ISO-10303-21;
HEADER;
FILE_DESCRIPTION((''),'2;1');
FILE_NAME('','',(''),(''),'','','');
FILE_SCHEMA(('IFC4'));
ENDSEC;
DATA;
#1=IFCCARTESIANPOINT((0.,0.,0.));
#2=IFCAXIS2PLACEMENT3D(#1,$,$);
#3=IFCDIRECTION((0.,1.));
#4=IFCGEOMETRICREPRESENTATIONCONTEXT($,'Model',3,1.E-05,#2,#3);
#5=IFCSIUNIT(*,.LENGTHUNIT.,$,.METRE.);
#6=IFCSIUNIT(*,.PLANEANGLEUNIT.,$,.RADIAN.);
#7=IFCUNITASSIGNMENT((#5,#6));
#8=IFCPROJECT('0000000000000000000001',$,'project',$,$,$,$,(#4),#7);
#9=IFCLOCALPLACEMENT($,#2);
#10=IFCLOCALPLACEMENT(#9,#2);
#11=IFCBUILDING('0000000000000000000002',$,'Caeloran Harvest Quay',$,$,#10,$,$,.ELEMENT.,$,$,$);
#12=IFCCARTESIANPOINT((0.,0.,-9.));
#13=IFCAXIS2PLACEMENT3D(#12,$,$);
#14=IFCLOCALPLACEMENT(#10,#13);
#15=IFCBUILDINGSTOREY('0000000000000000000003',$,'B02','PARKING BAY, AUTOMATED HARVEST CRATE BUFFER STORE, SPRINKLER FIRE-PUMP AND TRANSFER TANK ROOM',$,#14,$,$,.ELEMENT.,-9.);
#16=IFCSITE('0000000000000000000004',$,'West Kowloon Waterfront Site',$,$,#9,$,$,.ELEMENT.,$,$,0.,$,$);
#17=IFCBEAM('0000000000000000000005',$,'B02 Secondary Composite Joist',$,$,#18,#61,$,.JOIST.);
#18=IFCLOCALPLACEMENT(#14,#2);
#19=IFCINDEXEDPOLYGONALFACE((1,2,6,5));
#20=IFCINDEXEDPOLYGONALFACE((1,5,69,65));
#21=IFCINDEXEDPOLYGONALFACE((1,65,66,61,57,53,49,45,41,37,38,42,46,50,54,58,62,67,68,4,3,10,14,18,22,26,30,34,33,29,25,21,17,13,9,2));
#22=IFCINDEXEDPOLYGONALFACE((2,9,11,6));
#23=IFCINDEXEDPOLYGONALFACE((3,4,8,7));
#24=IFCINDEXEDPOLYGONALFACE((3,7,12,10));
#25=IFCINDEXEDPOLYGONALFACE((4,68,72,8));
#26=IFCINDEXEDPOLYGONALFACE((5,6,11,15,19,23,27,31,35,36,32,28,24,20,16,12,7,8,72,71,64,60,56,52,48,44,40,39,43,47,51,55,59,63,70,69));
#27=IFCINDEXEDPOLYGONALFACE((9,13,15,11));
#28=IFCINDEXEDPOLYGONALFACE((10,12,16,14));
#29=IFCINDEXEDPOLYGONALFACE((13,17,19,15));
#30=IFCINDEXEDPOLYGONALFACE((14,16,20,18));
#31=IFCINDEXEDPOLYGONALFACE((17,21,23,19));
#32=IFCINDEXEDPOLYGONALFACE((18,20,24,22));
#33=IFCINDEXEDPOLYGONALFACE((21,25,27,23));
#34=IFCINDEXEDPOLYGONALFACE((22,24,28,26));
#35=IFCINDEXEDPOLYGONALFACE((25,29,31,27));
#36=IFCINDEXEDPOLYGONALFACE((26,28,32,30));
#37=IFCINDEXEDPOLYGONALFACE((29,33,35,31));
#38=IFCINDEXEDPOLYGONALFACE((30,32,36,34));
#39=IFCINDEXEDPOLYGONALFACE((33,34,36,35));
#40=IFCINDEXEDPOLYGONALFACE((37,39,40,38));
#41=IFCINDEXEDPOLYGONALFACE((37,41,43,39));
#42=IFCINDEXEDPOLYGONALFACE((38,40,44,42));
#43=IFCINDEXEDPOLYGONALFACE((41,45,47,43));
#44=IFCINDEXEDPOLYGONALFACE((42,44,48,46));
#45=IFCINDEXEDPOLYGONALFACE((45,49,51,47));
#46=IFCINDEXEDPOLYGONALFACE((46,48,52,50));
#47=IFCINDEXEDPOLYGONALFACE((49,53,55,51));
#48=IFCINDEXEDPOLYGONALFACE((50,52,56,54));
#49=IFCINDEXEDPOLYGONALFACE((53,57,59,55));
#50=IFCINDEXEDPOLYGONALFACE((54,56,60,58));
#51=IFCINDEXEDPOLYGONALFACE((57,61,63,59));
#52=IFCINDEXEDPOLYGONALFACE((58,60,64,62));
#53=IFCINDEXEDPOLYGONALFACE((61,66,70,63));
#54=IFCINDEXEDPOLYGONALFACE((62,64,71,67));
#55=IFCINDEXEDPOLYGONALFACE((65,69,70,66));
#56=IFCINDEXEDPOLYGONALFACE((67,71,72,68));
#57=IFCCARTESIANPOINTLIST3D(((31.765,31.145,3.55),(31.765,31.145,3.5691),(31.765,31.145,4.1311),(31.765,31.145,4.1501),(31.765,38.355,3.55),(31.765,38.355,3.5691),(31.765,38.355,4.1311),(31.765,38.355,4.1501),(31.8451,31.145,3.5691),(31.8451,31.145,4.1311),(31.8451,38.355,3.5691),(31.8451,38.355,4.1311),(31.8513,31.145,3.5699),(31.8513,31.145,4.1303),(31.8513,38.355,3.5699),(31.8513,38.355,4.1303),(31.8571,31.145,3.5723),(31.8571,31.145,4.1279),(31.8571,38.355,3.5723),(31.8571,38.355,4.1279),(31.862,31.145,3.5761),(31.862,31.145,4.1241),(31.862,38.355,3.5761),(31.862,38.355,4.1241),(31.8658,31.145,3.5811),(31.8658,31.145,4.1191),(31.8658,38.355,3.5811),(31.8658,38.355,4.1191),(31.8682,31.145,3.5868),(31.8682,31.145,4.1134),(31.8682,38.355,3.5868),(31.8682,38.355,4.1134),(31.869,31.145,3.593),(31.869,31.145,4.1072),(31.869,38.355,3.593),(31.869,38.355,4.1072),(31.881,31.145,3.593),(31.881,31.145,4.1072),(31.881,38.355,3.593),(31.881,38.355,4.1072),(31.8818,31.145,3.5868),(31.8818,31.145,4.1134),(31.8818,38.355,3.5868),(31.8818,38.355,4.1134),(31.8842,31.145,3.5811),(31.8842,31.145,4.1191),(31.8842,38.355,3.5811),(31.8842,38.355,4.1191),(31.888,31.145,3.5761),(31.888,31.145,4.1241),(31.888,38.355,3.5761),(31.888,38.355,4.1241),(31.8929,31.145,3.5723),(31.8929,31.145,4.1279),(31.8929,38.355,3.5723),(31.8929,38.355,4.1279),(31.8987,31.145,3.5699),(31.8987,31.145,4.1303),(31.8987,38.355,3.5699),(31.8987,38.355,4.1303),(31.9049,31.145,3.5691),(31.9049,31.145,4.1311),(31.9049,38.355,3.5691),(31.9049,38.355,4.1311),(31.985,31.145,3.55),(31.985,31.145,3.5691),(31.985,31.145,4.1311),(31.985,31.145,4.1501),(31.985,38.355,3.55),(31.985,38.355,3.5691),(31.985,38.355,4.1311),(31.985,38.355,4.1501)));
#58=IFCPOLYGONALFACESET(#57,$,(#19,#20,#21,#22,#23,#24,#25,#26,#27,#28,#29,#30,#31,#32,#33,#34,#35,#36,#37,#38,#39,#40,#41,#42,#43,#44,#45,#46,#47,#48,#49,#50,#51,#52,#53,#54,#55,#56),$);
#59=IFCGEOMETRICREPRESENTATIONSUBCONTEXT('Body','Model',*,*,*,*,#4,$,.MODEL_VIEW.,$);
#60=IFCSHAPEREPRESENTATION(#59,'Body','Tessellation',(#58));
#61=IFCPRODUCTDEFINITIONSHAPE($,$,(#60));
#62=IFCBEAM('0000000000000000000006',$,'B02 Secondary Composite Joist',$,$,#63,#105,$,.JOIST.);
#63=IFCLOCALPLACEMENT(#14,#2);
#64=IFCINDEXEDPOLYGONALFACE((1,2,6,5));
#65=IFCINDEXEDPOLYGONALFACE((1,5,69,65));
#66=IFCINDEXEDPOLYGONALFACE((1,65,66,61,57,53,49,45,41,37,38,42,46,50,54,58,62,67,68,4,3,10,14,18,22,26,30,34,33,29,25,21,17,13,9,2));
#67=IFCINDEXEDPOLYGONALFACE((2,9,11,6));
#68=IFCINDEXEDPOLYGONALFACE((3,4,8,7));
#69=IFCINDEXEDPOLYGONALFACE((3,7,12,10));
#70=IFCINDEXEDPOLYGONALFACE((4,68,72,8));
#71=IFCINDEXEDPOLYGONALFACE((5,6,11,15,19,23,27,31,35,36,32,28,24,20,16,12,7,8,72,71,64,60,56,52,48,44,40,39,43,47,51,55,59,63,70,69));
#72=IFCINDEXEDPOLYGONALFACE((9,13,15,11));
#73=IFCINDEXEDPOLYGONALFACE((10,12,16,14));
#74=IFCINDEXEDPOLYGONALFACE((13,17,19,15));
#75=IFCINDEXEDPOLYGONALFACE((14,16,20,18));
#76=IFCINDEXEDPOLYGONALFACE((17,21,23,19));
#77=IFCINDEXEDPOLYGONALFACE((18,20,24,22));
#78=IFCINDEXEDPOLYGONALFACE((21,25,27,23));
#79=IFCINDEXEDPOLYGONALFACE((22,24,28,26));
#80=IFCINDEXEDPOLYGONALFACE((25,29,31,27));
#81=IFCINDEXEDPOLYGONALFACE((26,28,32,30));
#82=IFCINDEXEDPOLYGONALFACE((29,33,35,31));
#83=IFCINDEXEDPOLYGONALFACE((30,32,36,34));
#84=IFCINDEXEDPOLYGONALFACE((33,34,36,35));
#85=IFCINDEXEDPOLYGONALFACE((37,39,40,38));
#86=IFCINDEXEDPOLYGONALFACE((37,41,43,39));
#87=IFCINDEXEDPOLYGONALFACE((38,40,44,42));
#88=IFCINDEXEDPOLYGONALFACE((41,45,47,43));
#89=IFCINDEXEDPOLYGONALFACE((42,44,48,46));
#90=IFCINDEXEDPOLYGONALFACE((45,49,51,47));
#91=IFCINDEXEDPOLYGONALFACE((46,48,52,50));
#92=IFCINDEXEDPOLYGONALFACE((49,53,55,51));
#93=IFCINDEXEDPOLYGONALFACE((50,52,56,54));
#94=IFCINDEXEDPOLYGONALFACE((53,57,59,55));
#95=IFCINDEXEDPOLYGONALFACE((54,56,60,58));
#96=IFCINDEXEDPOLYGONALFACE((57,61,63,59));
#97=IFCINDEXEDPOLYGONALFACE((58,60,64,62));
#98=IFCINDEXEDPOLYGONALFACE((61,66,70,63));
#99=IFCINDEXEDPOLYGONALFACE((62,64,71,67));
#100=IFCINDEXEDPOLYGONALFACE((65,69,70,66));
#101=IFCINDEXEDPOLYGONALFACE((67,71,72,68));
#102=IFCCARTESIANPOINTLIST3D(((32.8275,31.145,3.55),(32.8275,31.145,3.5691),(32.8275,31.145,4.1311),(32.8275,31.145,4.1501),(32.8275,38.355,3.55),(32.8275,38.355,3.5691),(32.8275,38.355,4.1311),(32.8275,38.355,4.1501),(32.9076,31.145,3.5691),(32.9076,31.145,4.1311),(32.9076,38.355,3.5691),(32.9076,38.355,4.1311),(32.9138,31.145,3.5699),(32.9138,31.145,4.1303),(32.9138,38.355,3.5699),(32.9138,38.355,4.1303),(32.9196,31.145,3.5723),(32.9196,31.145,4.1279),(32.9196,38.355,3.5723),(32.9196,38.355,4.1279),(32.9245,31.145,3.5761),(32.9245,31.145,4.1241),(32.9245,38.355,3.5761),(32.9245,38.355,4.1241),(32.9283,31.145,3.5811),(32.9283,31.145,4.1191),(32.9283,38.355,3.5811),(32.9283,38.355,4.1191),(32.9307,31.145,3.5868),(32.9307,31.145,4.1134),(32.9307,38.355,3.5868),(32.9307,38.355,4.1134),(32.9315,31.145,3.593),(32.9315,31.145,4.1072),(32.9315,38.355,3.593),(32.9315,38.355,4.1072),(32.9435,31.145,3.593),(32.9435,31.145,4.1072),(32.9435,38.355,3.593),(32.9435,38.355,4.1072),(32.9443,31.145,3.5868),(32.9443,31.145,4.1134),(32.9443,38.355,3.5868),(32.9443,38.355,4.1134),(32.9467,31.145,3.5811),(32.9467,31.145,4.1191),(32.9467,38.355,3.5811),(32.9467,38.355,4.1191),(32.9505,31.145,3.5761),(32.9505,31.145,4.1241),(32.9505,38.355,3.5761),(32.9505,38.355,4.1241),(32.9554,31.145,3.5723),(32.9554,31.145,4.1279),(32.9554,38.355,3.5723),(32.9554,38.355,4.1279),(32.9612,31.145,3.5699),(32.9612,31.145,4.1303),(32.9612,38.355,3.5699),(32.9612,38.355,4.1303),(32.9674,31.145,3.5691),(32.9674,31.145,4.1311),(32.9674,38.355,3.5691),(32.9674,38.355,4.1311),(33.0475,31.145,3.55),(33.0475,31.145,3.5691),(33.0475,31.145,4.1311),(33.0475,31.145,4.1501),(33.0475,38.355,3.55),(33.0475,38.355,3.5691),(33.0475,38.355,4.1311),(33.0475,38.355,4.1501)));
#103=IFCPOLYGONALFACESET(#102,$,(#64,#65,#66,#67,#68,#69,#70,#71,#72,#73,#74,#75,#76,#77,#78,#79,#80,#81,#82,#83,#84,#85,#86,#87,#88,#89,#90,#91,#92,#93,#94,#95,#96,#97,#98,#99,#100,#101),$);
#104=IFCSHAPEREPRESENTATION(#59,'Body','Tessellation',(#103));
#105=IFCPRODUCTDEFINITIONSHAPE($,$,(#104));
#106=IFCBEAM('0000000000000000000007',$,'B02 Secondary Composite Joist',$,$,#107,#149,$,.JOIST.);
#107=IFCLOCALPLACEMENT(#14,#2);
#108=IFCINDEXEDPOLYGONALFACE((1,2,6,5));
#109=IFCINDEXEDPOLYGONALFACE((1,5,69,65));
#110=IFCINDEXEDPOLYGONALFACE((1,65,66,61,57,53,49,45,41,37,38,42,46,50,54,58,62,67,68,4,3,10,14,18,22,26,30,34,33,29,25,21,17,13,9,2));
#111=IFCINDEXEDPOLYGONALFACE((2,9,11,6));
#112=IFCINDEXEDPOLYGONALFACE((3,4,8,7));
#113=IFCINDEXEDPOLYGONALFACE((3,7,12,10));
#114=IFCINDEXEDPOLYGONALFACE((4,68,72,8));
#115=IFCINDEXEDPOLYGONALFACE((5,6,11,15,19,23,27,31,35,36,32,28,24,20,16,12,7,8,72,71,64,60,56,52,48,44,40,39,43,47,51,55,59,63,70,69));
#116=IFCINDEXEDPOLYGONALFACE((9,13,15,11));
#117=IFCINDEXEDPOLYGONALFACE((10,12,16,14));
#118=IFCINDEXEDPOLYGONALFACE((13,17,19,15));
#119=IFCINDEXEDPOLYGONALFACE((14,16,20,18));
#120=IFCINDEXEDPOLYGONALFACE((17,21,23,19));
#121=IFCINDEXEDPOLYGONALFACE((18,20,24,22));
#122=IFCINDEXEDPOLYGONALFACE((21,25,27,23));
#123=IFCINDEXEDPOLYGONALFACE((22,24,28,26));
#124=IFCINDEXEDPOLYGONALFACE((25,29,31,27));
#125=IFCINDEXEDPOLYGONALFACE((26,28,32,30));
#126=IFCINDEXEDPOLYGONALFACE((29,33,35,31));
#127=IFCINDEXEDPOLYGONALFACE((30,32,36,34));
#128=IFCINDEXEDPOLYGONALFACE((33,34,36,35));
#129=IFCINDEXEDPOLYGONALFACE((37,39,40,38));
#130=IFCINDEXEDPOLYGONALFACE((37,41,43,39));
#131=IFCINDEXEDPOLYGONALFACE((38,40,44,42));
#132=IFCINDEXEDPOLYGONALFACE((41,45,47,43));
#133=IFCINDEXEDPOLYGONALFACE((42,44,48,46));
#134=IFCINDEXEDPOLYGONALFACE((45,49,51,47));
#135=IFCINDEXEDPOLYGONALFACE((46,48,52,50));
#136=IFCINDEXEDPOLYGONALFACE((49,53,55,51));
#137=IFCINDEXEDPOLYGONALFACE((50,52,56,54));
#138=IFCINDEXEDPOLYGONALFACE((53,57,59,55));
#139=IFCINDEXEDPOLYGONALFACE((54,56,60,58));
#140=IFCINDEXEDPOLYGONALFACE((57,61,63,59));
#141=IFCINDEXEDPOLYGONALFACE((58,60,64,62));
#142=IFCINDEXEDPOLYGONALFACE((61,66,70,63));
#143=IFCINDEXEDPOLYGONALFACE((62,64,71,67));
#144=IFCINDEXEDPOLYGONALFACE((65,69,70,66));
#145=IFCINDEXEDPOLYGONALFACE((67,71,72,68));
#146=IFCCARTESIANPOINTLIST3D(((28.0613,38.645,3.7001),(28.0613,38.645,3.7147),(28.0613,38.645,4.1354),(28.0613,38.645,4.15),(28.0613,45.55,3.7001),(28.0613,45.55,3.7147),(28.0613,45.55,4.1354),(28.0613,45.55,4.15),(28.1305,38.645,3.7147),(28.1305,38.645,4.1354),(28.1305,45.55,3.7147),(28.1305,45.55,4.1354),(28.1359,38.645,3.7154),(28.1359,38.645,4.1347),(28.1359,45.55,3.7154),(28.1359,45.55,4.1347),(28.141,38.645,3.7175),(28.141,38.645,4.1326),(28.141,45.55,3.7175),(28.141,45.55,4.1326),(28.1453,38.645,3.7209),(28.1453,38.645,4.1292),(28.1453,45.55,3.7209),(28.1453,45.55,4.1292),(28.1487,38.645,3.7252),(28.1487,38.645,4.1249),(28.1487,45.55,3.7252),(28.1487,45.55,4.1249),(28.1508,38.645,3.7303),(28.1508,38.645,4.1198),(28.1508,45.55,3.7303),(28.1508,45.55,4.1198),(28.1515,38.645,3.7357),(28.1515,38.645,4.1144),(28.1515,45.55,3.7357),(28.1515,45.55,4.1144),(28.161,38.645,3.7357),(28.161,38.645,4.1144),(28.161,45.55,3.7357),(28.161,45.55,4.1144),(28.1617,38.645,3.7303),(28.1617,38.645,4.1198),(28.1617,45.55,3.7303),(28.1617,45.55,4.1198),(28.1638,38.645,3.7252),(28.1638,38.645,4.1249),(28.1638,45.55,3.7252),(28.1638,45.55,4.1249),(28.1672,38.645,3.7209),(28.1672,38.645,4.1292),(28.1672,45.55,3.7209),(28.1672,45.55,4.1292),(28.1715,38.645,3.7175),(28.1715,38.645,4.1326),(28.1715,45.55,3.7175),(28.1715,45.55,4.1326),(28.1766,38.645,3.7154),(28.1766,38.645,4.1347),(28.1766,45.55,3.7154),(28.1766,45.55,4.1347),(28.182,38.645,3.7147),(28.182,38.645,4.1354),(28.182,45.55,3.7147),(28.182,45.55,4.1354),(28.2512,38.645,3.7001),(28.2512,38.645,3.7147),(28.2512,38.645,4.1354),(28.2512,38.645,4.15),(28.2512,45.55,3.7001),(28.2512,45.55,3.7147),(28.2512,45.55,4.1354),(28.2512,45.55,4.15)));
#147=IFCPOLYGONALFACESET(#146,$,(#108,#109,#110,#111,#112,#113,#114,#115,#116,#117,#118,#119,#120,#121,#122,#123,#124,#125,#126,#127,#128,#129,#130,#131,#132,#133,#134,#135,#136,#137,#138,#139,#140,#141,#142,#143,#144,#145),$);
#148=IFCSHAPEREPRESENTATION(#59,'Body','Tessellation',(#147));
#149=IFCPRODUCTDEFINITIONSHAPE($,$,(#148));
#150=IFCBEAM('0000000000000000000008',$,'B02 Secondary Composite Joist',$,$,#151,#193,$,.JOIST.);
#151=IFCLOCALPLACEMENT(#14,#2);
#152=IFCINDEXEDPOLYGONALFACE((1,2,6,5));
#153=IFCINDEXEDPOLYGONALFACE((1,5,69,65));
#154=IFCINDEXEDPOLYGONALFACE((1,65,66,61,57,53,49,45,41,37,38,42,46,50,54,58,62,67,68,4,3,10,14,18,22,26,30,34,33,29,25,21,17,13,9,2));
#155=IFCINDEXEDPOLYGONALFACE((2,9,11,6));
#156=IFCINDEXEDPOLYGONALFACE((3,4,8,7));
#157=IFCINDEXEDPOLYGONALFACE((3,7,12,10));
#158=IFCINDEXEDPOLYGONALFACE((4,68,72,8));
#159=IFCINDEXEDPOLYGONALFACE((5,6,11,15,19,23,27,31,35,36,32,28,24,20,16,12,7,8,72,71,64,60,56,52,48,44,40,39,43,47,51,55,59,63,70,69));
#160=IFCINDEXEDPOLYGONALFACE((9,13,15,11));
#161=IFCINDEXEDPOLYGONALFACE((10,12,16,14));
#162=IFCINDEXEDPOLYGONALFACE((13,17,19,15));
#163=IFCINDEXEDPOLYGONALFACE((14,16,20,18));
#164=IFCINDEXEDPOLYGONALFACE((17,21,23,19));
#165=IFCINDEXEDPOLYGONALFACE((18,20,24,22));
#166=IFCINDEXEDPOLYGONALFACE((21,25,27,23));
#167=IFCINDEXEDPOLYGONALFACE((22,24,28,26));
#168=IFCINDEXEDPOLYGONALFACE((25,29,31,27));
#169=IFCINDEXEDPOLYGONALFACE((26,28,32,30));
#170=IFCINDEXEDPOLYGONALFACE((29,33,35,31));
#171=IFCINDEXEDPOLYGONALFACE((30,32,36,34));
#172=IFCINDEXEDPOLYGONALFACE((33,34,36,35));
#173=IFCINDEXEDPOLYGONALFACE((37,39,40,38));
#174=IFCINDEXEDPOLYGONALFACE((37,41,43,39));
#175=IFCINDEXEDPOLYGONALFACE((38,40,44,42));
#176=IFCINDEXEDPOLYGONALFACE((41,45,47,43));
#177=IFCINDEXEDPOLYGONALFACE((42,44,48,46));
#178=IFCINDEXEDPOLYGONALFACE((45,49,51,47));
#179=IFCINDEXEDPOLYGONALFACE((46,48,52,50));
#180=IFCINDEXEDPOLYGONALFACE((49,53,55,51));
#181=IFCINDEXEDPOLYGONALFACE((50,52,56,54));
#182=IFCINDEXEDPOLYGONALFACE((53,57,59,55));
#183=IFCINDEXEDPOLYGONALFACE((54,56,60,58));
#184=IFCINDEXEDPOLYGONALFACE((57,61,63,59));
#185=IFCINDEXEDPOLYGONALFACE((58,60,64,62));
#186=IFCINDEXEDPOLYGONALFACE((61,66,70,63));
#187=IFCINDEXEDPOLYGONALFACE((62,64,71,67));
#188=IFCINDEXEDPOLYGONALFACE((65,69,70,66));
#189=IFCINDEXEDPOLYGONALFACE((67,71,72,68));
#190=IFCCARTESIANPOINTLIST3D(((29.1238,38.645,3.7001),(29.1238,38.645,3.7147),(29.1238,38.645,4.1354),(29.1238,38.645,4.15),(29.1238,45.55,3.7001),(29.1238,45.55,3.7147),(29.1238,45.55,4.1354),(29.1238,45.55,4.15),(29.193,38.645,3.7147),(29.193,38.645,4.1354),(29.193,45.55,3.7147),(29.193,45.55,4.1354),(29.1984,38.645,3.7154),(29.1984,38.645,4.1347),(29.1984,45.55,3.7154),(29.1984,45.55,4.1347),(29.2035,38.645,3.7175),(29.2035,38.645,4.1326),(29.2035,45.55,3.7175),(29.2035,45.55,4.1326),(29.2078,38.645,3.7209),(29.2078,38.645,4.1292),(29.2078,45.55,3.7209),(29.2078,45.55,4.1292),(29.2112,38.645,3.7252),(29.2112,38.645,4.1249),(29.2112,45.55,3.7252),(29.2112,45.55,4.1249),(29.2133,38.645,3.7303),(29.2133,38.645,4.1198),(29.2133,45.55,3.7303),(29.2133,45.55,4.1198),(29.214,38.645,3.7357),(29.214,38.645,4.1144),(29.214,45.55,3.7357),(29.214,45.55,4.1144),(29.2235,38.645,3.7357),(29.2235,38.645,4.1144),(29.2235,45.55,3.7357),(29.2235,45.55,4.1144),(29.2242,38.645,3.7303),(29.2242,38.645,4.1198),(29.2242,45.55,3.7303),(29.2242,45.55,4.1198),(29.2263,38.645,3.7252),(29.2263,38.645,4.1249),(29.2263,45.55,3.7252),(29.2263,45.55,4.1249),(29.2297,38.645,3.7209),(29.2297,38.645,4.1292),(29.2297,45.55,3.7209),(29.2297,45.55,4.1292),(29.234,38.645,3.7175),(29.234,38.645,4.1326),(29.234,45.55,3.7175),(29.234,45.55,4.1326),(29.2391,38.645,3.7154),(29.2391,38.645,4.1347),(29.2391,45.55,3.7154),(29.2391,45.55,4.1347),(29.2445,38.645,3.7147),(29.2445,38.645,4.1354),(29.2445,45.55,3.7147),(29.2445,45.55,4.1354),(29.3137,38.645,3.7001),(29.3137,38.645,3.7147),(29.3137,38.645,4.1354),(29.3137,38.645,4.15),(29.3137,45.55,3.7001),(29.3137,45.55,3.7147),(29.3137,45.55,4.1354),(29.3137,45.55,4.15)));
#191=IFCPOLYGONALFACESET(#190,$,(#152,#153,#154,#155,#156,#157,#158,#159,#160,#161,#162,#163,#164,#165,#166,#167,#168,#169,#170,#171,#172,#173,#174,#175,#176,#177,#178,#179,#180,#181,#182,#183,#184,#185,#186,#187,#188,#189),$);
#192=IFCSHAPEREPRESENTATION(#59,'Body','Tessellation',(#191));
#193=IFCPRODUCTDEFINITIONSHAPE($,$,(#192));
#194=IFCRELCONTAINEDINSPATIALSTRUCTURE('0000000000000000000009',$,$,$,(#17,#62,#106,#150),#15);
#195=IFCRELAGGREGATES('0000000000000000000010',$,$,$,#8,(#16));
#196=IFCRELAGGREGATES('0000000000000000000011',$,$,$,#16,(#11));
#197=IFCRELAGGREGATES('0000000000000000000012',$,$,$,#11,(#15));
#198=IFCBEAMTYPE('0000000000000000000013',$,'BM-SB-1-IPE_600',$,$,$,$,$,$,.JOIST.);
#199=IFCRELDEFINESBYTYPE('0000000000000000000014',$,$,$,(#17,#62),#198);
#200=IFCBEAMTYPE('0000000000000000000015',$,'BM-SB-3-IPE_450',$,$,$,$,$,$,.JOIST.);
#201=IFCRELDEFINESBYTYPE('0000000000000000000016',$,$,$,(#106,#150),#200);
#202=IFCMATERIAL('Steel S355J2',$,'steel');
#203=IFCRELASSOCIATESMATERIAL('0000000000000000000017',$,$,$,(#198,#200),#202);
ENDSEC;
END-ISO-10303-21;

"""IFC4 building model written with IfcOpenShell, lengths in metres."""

from ifc_helpers import new_model, si_unit, direction, frame, origin, origin_2d, place, context, subcontext, project, spatial, i_section, extrude, material, material_profile, profile_set, type_object, element, save


model = new_model("IFC4")

# Units and contexts
model_context = context("Model", 3, precision=1e-05, world=origin(), true_north=direction((0.0, 1.0)))
body_context = subcontext(model_context, "Body", "Model", "MODEL_VIEW")
ifc_project = project(units=[si_unit("LENGTHUNIT", "METRE"), si_unit("PLANEANGLEUNIT", "RADIAN")], contexts=[model_context])

# Site, building, storey
site_placement = place(None, origin())
site = spatial("IfcSite", under=ifc_project, at=site_placement, Name="West Kowloon Waterfront Site", CompositionType="ELEMENT", RefElevation=0.0)
building_placement = place(site_placement, origin())
building = spatial("IfcBuilding", under=site, at=building_placement, Name="Caeloran Harvest Quay", CompositionType="ELEMENT")
storey_placement = place(building_placement, frame((0.0, 0.0, -9.0)))
storey = spatial("IfcBuildingStorey", under=building, at=storey_placement, Name="B02", Description="PARKING BAY, AUTOMATED HARVEST CRATE BUFFER STORE, SPRINKLER FIRE-PUMP AND TRANSFER TANK ROOM", CompositionType="ELEMENT", Elevation=-9.0)

# Beams
ifc_material_1 = material(Name="Steel S355J2", Category="steel")
ifc_material_profile_1 = material_profile(ifc_material_1, i_section(OverallWidth=0.22, OverallDepth=0.6001, WebThickness=0.012, FlangeThickness=0.019, FilletRadius=0.0239, at=origin_2d()), Name="IPE 600")
ifc_profile_set_1 = profile_set([ifc_material_profile_1], Name="Steel S355J2")
beam_type_1 = type_object("IfcBeamType", Name="BM-SB-1-IPE_600", PredefinedType="JOIST", material=ifc_profile_set_1)
for number, where, z_axis, x_axis, name in (
    (1, (31.875, 31.145, 3.8501), (0.0, 1.0, 0.0), (-1.0, 0.0, 0.0), "B02 Secondary Composite Joist"),
    (2, (32.9375, 31.145, 3.8501), (0.0, 1.0, 0.0), (-1.0, 0.0, 0.0), "B02 Secondary Composite Joist"),
):
    element("IfcBeam", number, at=place(storey_placement, frame(where, z_axis=z_axis, x_axis=x_axis)), inside=storey, type_object=beam_type_1, Name=name, PredefinedType="JOIST", context=body_context, shape_type="SweptSolid", body=[
        extrude(i_section(OverallWidth=0.22, OverallDepth=0.6001, WebThickness=0.012, FlangeThickness=0.019, FilletRadius=0.0239, at=origin_2d()), origin(), (0.0, 0.0, 1.0), 7.21),
    ])
ifc_material_profile_2 = material_profile(ifc_material_1, i_section(OverallWidth=0.1899, OverallDepth=0.45, WebThickness=0.0095, FlangeThickness=0.0146, FilletRadius=0.021, at=origin_2d()), Name="IPE 450")
ifc_profile_set_2 = profile_set([ifc_material_profile_2], Name="Steel S355J2")
beam_type_2 = type_object("IfcBeamType", Name="BM-SB-3-IPE_450", PredefinedType="JOIST", material=ifc_profile_set_2)
for number, where, z_axis, x_axis, name in (
    (3, (28.1562, 38.645, 3.925), (0.0, 1.0, 0.0), (-1.0, 0.0, 0.0), "B02 Secondary Composite Joist"),
    (4, (29.2188, 38.645, 3.925), (0.0, 1.0, 0.0), (-1.0, 0.0, 0.0), "B02 Secondary Composite Joist"),
):
    element("IfcBeam", number, at=place(storey_placement, frame(where, z_axis=z_axis, x_axis=x_axis)), inside=storey, type_object=beam_type_2, Name=name, PredefinedType="JOIST", context=body_context, shape_type="SweptSolid", body=[
        extrude(i_section(OverallWidth=0.1899, OverallDepth=0.45, WebThickness=0.0095, FlangeThickness=0.0146, FilletRadius=0.021, at=origin_2d()), origin(), (0.0, 0.0, 1.0), 6.905),
    ])

save(model, "model.ifc")
